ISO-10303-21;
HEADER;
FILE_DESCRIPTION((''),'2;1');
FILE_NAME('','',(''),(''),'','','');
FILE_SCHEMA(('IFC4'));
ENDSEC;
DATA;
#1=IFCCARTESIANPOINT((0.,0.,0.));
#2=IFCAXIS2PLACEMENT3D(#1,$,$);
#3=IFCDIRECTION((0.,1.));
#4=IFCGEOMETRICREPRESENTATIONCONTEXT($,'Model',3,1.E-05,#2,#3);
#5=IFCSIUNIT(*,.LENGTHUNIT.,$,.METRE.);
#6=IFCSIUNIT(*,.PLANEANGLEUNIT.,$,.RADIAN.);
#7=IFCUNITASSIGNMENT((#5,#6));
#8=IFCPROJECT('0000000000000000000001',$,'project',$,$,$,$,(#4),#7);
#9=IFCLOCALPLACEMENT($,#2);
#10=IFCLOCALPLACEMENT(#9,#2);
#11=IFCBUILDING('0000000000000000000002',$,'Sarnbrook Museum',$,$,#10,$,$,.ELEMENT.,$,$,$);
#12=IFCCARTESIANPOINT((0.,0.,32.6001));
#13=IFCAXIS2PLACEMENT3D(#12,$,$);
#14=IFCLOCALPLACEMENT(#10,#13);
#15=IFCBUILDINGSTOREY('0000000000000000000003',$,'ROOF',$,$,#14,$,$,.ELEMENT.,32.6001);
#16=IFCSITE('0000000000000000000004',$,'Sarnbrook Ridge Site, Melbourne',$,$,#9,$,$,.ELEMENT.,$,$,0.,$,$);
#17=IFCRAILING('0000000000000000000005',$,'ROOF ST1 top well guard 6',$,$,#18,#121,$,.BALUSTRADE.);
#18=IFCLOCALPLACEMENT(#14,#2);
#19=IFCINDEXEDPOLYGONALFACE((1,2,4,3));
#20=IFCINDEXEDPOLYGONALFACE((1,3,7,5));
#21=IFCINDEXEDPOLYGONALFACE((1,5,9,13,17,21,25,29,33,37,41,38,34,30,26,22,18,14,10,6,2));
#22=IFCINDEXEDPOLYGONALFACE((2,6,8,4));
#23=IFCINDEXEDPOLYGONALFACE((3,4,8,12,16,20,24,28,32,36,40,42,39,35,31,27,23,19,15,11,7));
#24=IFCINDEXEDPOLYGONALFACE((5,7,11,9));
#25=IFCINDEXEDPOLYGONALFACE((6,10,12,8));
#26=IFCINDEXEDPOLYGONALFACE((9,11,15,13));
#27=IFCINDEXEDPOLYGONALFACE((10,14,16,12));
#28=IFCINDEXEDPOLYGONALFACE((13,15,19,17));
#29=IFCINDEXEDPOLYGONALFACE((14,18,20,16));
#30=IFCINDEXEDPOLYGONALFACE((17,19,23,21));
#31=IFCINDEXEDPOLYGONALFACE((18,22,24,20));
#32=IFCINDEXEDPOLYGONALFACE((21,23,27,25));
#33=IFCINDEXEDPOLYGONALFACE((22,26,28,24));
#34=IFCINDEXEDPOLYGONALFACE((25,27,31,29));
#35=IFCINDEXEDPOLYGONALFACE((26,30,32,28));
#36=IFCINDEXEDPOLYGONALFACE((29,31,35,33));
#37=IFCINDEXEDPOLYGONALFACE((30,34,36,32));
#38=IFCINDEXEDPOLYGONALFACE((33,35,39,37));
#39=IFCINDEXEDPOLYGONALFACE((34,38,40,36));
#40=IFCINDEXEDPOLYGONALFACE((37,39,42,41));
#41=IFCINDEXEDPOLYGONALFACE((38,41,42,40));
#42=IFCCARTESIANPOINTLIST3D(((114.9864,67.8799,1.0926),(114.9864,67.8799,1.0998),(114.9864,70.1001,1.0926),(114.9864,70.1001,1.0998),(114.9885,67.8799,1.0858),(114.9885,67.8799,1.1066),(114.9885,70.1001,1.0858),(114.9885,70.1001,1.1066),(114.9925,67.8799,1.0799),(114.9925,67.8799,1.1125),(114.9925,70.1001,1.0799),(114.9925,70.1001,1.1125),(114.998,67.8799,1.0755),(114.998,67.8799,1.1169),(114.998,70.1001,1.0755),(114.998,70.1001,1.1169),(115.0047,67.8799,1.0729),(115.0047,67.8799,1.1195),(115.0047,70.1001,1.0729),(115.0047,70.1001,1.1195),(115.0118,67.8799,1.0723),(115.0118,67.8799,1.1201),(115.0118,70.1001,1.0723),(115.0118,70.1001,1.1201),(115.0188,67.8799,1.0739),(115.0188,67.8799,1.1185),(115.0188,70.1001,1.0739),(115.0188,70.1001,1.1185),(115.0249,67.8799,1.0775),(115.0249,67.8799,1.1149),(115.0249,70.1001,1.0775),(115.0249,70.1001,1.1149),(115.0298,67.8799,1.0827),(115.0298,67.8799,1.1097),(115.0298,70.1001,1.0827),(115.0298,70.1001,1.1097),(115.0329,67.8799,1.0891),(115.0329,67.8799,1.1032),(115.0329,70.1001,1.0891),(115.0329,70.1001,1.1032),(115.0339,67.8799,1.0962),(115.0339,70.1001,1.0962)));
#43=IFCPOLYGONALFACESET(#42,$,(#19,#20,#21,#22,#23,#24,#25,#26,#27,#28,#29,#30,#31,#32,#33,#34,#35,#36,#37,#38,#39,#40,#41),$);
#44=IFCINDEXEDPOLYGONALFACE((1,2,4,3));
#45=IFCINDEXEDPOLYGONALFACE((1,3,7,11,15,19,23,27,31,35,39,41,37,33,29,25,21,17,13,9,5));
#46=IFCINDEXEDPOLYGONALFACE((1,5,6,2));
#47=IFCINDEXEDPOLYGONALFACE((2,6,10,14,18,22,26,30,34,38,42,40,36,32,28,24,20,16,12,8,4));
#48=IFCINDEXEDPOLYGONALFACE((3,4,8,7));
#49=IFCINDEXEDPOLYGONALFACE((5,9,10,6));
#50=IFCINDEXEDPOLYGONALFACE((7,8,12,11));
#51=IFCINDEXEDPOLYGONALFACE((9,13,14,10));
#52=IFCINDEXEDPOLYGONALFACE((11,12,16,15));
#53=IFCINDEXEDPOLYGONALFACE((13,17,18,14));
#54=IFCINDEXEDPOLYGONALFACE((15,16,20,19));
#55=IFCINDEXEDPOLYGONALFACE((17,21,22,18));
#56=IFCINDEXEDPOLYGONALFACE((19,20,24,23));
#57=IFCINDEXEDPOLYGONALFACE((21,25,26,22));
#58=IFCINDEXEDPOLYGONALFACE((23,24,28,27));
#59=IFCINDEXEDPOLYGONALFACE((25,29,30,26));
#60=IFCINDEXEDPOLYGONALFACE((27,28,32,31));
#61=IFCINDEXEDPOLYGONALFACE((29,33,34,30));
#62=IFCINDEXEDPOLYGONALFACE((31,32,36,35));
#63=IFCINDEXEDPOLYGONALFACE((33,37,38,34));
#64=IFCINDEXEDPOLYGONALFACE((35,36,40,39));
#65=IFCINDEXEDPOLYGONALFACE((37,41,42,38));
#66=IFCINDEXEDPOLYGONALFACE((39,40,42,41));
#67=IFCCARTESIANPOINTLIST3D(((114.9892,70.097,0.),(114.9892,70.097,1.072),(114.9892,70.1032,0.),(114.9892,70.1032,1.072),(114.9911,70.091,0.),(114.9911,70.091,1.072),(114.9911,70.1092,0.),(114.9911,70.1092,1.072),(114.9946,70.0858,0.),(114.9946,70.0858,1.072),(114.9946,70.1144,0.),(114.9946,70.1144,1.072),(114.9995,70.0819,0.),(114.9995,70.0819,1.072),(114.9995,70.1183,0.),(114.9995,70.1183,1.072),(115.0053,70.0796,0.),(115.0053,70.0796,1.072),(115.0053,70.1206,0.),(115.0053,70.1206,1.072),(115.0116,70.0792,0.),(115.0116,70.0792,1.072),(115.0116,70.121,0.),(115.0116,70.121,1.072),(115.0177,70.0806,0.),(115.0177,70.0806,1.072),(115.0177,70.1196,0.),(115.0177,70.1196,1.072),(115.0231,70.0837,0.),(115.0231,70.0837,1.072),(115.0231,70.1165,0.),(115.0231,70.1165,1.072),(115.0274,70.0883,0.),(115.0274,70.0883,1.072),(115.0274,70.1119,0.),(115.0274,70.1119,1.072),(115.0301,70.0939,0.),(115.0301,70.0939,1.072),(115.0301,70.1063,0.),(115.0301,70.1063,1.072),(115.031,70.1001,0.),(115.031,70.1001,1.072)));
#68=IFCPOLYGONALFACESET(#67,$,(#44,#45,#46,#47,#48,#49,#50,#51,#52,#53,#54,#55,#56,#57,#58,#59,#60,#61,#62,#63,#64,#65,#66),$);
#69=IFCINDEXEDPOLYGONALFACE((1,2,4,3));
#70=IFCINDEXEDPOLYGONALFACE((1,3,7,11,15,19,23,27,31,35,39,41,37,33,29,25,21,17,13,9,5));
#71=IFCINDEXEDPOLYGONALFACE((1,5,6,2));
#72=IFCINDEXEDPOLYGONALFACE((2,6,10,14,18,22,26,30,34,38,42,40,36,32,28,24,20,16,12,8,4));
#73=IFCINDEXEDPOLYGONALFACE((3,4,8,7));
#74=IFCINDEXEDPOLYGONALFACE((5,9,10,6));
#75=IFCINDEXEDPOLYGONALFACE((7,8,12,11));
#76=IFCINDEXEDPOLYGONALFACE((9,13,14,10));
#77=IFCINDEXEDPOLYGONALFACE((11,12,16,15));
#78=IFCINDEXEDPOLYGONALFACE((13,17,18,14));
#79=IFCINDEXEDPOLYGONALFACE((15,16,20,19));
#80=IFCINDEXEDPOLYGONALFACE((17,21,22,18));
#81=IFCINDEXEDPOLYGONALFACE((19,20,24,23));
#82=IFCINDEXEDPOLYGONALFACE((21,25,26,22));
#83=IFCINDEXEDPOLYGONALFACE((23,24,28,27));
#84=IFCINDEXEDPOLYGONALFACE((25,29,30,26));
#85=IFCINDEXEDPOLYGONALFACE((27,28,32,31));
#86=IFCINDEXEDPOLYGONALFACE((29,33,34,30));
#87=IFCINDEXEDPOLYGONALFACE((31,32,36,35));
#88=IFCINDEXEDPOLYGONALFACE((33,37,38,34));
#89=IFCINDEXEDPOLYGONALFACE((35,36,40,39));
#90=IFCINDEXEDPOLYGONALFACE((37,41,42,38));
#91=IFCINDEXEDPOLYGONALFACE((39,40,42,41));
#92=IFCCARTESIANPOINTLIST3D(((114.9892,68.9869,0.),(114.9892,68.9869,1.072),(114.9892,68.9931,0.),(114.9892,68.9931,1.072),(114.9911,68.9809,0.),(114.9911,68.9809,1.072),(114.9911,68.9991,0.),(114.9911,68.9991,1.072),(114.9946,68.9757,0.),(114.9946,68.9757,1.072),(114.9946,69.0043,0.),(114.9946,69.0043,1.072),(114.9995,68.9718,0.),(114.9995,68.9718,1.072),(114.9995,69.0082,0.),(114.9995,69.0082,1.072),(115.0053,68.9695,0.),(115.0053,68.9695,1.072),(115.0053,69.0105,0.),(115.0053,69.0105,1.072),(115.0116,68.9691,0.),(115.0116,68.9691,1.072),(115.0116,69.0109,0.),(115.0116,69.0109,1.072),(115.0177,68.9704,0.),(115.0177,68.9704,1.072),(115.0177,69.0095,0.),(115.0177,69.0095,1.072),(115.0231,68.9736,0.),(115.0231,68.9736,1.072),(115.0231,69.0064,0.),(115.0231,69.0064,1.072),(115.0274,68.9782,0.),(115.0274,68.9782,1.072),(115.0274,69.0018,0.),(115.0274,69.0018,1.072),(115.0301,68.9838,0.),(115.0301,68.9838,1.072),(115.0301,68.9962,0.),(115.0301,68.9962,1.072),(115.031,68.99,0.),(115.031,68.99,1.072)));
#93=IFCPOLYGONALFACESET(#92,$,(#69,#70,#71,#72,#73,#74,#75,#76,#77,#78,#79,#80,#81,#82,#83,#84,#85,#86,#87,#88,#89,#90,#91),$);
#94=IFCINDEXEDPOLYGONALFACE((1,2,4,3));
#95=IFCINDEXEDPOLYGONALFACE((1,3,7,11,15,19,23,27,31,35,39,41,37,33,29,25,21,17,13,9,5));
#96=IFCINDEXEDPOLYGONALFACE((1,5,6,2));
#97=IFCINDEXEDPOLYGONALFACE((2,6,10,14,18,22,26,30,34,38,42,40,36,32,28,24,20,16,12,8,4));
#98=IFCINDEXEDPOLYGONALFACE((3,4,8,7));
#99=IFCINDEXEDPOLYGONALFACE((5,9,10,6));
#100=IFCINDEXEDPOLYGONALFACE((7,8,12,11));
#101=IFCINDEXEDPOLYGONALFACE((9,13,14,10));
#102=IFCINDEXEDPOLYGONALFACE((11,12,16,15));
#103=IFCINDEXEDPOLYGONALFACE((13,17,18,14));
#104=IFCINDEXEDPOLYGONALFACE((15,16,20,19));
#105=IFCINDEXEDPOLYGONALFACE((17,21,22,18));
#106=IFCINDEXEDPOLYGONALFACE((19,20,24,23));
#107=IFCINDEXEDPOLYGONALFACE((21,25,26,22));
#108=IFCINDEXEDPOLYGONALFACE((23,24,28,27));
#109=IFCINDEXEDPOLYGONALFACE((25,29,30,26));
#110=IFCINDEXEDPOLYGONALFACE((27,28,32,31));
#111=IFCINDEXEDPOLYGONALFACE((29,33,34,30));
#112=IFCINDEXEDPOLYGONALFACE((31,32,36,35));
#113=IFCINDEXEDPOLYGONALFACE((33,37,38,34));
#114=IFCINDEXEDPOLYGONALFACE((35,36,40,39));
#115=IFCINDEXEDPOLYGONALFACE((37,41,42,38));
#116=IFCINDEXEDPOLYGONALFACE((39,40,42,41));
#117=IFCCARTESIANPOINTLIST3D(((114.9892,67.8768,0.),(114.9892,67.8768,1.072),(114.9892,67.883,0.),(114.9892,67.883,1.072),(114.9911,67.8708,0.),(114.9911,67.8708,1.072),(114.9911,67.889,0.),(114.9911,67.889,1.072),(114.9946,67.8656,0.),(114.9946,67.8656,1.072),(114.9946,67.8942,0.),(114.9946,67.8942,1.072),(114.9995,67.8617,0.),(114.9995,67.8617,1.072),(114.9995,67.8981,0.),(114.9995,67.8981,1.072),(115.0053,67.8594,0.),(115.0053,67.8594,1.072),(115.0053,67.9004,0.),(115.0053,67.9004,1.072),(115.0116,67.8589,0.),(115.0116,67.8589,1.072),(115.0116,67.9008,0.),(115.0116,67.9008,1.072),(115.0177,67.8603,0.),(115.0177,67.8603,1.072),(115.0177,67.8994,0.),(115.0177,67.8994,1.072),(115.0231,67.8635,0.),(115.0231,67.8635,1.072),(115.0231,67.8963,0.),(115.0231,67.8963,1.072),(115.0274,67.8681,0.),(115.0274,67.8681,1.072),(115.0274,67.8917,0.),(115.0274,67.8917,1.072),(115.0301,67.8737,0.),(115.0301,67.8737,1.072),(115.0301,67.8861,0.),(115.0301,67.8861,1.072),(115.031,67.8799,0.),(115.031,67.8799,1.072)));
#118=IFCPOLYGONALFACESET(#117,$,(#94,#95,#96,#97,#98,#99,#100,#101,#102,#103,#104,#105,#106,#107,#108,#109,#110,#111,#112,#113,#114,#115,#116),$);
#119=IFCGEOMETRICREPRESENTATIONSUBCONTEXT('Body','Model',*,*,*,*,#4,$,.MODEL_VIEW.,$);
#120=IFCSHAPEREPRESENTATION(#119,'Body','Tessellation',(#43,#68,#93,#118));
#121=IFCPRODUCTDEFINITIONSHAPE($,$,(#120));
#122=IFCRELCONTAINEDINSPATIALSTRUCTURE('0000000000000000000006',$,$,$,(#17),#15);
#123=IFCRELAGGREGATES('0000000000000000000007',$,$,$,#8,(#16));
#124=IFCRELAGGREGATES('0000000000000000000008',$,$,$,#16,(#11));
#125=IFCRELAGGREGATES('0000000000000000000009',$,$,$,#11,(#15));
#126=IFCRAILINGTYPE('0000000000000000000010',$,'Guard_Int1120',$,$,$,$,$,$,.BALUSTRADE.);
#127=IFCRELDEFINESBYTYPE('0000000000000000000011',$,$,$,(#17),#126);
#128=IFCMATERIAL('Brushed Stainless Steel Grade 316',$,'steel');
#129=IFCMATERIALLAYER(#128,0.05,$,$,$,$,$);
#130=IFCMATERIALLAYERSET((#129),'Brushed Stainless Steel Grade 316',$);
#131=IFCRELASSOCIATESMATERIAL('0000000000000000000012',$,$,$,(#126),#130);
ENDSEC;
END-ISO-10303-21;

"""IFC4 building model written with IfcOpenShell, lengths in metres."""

from ifc_helpers import new_model, si_unit, direction, frame, origin, origin_2d, place, context, subcontext, project, spatial, circle, extrude, material, layer, layer_set, type_object, element, save


model = new_model("IFC4")

# Units and contexts
model_context = context("Model", 3, precision=1e-05, world=origin(), true_north=direction((0.0, 1.0)))
body_context = subcontext(model_context, "Body", "Model", "MODEL_VIEW")
ifc_project = project(units=[si_unit("LENGTHUNIT", "METRE"), si_unit("PLANEANGLEUNIT", "RADIAN")], contexts=[model_context])

# Site, building, storey
site_placement = place(None, origin())
site = spatial("IfcSite", under=ifc_project, at=site_placement, Name="Sarnbrook Ridge Site, Melbourne", CompositionType="ELEMENT", RefElevation=0.0)
building_placement = place(site_placement, origin())
building = spatial("IfcBuilding", under=site, at=building_placement, Name="Sarnbrook Museum", CompositionType="ELEMENT")
storey_placement = place(building_placement, frame((0.0, 0.0, 32.6001)))
storey = spatial("IfcBuildingStorey", under=building, at=storey_placement, Name="ROOF", CompositionType="ELEMENT", Elevation=32.6001)

# Shared definitions
ifc_material_1 = material(Name="Brushed Stainless Steel Grade 316", Category="steel")

# Railing
ifc_layer_1 = layer(ifc_material_1, 0.05)
ifc_layer_set_1 = layer_set([ifc_layer_1], Name="Brushed Stainless Steel Grade 316")
railing_type = type_object("IfcRailingType", Name="Guard_Int1120", PredefinedType="BALUSTRADE", material=ifc_layer_set_1)
for number, where, name in (
    (1, (115.01, 70.1001, 0.0), "ROOF ST1 top well guard 6"),
):
    element("IfcRailing", number, at=place(storey_placement, frame(where)), inside=storey, type_object=railing_type, Name=name, PredefinedType="BALUSTRADE", context=body_context, shape_type="SweptSolid", body=[
        extrude(circle(Radius=0.0239, at=origin_2d()), frame((0.0, 0.0, 1.0962), z_axis=(0.0, -1.0, 0.0), x_axis=(1.0, 0.0, 0.0)), (0.0, 0.0, 1.0), 2.2202),
        extrude(circle(Radius=0.021, at=origin_2d()), origin(), (0.0, 0.0, 1.0), 1.072),
        extrude(circle(Radius=0.021, at=origin_2d()), frame((0.0, -1.1101, 0.0)), (0.0, 0.0, 1.0), 1.072),
        extrude(circle(Radius=0.021, at=origin_2d()), frame((0.0, -2.2202, 0.0)), (0.0, 0.0, 1.0), 1.072),
    ])

save(model, "model.ifc")
